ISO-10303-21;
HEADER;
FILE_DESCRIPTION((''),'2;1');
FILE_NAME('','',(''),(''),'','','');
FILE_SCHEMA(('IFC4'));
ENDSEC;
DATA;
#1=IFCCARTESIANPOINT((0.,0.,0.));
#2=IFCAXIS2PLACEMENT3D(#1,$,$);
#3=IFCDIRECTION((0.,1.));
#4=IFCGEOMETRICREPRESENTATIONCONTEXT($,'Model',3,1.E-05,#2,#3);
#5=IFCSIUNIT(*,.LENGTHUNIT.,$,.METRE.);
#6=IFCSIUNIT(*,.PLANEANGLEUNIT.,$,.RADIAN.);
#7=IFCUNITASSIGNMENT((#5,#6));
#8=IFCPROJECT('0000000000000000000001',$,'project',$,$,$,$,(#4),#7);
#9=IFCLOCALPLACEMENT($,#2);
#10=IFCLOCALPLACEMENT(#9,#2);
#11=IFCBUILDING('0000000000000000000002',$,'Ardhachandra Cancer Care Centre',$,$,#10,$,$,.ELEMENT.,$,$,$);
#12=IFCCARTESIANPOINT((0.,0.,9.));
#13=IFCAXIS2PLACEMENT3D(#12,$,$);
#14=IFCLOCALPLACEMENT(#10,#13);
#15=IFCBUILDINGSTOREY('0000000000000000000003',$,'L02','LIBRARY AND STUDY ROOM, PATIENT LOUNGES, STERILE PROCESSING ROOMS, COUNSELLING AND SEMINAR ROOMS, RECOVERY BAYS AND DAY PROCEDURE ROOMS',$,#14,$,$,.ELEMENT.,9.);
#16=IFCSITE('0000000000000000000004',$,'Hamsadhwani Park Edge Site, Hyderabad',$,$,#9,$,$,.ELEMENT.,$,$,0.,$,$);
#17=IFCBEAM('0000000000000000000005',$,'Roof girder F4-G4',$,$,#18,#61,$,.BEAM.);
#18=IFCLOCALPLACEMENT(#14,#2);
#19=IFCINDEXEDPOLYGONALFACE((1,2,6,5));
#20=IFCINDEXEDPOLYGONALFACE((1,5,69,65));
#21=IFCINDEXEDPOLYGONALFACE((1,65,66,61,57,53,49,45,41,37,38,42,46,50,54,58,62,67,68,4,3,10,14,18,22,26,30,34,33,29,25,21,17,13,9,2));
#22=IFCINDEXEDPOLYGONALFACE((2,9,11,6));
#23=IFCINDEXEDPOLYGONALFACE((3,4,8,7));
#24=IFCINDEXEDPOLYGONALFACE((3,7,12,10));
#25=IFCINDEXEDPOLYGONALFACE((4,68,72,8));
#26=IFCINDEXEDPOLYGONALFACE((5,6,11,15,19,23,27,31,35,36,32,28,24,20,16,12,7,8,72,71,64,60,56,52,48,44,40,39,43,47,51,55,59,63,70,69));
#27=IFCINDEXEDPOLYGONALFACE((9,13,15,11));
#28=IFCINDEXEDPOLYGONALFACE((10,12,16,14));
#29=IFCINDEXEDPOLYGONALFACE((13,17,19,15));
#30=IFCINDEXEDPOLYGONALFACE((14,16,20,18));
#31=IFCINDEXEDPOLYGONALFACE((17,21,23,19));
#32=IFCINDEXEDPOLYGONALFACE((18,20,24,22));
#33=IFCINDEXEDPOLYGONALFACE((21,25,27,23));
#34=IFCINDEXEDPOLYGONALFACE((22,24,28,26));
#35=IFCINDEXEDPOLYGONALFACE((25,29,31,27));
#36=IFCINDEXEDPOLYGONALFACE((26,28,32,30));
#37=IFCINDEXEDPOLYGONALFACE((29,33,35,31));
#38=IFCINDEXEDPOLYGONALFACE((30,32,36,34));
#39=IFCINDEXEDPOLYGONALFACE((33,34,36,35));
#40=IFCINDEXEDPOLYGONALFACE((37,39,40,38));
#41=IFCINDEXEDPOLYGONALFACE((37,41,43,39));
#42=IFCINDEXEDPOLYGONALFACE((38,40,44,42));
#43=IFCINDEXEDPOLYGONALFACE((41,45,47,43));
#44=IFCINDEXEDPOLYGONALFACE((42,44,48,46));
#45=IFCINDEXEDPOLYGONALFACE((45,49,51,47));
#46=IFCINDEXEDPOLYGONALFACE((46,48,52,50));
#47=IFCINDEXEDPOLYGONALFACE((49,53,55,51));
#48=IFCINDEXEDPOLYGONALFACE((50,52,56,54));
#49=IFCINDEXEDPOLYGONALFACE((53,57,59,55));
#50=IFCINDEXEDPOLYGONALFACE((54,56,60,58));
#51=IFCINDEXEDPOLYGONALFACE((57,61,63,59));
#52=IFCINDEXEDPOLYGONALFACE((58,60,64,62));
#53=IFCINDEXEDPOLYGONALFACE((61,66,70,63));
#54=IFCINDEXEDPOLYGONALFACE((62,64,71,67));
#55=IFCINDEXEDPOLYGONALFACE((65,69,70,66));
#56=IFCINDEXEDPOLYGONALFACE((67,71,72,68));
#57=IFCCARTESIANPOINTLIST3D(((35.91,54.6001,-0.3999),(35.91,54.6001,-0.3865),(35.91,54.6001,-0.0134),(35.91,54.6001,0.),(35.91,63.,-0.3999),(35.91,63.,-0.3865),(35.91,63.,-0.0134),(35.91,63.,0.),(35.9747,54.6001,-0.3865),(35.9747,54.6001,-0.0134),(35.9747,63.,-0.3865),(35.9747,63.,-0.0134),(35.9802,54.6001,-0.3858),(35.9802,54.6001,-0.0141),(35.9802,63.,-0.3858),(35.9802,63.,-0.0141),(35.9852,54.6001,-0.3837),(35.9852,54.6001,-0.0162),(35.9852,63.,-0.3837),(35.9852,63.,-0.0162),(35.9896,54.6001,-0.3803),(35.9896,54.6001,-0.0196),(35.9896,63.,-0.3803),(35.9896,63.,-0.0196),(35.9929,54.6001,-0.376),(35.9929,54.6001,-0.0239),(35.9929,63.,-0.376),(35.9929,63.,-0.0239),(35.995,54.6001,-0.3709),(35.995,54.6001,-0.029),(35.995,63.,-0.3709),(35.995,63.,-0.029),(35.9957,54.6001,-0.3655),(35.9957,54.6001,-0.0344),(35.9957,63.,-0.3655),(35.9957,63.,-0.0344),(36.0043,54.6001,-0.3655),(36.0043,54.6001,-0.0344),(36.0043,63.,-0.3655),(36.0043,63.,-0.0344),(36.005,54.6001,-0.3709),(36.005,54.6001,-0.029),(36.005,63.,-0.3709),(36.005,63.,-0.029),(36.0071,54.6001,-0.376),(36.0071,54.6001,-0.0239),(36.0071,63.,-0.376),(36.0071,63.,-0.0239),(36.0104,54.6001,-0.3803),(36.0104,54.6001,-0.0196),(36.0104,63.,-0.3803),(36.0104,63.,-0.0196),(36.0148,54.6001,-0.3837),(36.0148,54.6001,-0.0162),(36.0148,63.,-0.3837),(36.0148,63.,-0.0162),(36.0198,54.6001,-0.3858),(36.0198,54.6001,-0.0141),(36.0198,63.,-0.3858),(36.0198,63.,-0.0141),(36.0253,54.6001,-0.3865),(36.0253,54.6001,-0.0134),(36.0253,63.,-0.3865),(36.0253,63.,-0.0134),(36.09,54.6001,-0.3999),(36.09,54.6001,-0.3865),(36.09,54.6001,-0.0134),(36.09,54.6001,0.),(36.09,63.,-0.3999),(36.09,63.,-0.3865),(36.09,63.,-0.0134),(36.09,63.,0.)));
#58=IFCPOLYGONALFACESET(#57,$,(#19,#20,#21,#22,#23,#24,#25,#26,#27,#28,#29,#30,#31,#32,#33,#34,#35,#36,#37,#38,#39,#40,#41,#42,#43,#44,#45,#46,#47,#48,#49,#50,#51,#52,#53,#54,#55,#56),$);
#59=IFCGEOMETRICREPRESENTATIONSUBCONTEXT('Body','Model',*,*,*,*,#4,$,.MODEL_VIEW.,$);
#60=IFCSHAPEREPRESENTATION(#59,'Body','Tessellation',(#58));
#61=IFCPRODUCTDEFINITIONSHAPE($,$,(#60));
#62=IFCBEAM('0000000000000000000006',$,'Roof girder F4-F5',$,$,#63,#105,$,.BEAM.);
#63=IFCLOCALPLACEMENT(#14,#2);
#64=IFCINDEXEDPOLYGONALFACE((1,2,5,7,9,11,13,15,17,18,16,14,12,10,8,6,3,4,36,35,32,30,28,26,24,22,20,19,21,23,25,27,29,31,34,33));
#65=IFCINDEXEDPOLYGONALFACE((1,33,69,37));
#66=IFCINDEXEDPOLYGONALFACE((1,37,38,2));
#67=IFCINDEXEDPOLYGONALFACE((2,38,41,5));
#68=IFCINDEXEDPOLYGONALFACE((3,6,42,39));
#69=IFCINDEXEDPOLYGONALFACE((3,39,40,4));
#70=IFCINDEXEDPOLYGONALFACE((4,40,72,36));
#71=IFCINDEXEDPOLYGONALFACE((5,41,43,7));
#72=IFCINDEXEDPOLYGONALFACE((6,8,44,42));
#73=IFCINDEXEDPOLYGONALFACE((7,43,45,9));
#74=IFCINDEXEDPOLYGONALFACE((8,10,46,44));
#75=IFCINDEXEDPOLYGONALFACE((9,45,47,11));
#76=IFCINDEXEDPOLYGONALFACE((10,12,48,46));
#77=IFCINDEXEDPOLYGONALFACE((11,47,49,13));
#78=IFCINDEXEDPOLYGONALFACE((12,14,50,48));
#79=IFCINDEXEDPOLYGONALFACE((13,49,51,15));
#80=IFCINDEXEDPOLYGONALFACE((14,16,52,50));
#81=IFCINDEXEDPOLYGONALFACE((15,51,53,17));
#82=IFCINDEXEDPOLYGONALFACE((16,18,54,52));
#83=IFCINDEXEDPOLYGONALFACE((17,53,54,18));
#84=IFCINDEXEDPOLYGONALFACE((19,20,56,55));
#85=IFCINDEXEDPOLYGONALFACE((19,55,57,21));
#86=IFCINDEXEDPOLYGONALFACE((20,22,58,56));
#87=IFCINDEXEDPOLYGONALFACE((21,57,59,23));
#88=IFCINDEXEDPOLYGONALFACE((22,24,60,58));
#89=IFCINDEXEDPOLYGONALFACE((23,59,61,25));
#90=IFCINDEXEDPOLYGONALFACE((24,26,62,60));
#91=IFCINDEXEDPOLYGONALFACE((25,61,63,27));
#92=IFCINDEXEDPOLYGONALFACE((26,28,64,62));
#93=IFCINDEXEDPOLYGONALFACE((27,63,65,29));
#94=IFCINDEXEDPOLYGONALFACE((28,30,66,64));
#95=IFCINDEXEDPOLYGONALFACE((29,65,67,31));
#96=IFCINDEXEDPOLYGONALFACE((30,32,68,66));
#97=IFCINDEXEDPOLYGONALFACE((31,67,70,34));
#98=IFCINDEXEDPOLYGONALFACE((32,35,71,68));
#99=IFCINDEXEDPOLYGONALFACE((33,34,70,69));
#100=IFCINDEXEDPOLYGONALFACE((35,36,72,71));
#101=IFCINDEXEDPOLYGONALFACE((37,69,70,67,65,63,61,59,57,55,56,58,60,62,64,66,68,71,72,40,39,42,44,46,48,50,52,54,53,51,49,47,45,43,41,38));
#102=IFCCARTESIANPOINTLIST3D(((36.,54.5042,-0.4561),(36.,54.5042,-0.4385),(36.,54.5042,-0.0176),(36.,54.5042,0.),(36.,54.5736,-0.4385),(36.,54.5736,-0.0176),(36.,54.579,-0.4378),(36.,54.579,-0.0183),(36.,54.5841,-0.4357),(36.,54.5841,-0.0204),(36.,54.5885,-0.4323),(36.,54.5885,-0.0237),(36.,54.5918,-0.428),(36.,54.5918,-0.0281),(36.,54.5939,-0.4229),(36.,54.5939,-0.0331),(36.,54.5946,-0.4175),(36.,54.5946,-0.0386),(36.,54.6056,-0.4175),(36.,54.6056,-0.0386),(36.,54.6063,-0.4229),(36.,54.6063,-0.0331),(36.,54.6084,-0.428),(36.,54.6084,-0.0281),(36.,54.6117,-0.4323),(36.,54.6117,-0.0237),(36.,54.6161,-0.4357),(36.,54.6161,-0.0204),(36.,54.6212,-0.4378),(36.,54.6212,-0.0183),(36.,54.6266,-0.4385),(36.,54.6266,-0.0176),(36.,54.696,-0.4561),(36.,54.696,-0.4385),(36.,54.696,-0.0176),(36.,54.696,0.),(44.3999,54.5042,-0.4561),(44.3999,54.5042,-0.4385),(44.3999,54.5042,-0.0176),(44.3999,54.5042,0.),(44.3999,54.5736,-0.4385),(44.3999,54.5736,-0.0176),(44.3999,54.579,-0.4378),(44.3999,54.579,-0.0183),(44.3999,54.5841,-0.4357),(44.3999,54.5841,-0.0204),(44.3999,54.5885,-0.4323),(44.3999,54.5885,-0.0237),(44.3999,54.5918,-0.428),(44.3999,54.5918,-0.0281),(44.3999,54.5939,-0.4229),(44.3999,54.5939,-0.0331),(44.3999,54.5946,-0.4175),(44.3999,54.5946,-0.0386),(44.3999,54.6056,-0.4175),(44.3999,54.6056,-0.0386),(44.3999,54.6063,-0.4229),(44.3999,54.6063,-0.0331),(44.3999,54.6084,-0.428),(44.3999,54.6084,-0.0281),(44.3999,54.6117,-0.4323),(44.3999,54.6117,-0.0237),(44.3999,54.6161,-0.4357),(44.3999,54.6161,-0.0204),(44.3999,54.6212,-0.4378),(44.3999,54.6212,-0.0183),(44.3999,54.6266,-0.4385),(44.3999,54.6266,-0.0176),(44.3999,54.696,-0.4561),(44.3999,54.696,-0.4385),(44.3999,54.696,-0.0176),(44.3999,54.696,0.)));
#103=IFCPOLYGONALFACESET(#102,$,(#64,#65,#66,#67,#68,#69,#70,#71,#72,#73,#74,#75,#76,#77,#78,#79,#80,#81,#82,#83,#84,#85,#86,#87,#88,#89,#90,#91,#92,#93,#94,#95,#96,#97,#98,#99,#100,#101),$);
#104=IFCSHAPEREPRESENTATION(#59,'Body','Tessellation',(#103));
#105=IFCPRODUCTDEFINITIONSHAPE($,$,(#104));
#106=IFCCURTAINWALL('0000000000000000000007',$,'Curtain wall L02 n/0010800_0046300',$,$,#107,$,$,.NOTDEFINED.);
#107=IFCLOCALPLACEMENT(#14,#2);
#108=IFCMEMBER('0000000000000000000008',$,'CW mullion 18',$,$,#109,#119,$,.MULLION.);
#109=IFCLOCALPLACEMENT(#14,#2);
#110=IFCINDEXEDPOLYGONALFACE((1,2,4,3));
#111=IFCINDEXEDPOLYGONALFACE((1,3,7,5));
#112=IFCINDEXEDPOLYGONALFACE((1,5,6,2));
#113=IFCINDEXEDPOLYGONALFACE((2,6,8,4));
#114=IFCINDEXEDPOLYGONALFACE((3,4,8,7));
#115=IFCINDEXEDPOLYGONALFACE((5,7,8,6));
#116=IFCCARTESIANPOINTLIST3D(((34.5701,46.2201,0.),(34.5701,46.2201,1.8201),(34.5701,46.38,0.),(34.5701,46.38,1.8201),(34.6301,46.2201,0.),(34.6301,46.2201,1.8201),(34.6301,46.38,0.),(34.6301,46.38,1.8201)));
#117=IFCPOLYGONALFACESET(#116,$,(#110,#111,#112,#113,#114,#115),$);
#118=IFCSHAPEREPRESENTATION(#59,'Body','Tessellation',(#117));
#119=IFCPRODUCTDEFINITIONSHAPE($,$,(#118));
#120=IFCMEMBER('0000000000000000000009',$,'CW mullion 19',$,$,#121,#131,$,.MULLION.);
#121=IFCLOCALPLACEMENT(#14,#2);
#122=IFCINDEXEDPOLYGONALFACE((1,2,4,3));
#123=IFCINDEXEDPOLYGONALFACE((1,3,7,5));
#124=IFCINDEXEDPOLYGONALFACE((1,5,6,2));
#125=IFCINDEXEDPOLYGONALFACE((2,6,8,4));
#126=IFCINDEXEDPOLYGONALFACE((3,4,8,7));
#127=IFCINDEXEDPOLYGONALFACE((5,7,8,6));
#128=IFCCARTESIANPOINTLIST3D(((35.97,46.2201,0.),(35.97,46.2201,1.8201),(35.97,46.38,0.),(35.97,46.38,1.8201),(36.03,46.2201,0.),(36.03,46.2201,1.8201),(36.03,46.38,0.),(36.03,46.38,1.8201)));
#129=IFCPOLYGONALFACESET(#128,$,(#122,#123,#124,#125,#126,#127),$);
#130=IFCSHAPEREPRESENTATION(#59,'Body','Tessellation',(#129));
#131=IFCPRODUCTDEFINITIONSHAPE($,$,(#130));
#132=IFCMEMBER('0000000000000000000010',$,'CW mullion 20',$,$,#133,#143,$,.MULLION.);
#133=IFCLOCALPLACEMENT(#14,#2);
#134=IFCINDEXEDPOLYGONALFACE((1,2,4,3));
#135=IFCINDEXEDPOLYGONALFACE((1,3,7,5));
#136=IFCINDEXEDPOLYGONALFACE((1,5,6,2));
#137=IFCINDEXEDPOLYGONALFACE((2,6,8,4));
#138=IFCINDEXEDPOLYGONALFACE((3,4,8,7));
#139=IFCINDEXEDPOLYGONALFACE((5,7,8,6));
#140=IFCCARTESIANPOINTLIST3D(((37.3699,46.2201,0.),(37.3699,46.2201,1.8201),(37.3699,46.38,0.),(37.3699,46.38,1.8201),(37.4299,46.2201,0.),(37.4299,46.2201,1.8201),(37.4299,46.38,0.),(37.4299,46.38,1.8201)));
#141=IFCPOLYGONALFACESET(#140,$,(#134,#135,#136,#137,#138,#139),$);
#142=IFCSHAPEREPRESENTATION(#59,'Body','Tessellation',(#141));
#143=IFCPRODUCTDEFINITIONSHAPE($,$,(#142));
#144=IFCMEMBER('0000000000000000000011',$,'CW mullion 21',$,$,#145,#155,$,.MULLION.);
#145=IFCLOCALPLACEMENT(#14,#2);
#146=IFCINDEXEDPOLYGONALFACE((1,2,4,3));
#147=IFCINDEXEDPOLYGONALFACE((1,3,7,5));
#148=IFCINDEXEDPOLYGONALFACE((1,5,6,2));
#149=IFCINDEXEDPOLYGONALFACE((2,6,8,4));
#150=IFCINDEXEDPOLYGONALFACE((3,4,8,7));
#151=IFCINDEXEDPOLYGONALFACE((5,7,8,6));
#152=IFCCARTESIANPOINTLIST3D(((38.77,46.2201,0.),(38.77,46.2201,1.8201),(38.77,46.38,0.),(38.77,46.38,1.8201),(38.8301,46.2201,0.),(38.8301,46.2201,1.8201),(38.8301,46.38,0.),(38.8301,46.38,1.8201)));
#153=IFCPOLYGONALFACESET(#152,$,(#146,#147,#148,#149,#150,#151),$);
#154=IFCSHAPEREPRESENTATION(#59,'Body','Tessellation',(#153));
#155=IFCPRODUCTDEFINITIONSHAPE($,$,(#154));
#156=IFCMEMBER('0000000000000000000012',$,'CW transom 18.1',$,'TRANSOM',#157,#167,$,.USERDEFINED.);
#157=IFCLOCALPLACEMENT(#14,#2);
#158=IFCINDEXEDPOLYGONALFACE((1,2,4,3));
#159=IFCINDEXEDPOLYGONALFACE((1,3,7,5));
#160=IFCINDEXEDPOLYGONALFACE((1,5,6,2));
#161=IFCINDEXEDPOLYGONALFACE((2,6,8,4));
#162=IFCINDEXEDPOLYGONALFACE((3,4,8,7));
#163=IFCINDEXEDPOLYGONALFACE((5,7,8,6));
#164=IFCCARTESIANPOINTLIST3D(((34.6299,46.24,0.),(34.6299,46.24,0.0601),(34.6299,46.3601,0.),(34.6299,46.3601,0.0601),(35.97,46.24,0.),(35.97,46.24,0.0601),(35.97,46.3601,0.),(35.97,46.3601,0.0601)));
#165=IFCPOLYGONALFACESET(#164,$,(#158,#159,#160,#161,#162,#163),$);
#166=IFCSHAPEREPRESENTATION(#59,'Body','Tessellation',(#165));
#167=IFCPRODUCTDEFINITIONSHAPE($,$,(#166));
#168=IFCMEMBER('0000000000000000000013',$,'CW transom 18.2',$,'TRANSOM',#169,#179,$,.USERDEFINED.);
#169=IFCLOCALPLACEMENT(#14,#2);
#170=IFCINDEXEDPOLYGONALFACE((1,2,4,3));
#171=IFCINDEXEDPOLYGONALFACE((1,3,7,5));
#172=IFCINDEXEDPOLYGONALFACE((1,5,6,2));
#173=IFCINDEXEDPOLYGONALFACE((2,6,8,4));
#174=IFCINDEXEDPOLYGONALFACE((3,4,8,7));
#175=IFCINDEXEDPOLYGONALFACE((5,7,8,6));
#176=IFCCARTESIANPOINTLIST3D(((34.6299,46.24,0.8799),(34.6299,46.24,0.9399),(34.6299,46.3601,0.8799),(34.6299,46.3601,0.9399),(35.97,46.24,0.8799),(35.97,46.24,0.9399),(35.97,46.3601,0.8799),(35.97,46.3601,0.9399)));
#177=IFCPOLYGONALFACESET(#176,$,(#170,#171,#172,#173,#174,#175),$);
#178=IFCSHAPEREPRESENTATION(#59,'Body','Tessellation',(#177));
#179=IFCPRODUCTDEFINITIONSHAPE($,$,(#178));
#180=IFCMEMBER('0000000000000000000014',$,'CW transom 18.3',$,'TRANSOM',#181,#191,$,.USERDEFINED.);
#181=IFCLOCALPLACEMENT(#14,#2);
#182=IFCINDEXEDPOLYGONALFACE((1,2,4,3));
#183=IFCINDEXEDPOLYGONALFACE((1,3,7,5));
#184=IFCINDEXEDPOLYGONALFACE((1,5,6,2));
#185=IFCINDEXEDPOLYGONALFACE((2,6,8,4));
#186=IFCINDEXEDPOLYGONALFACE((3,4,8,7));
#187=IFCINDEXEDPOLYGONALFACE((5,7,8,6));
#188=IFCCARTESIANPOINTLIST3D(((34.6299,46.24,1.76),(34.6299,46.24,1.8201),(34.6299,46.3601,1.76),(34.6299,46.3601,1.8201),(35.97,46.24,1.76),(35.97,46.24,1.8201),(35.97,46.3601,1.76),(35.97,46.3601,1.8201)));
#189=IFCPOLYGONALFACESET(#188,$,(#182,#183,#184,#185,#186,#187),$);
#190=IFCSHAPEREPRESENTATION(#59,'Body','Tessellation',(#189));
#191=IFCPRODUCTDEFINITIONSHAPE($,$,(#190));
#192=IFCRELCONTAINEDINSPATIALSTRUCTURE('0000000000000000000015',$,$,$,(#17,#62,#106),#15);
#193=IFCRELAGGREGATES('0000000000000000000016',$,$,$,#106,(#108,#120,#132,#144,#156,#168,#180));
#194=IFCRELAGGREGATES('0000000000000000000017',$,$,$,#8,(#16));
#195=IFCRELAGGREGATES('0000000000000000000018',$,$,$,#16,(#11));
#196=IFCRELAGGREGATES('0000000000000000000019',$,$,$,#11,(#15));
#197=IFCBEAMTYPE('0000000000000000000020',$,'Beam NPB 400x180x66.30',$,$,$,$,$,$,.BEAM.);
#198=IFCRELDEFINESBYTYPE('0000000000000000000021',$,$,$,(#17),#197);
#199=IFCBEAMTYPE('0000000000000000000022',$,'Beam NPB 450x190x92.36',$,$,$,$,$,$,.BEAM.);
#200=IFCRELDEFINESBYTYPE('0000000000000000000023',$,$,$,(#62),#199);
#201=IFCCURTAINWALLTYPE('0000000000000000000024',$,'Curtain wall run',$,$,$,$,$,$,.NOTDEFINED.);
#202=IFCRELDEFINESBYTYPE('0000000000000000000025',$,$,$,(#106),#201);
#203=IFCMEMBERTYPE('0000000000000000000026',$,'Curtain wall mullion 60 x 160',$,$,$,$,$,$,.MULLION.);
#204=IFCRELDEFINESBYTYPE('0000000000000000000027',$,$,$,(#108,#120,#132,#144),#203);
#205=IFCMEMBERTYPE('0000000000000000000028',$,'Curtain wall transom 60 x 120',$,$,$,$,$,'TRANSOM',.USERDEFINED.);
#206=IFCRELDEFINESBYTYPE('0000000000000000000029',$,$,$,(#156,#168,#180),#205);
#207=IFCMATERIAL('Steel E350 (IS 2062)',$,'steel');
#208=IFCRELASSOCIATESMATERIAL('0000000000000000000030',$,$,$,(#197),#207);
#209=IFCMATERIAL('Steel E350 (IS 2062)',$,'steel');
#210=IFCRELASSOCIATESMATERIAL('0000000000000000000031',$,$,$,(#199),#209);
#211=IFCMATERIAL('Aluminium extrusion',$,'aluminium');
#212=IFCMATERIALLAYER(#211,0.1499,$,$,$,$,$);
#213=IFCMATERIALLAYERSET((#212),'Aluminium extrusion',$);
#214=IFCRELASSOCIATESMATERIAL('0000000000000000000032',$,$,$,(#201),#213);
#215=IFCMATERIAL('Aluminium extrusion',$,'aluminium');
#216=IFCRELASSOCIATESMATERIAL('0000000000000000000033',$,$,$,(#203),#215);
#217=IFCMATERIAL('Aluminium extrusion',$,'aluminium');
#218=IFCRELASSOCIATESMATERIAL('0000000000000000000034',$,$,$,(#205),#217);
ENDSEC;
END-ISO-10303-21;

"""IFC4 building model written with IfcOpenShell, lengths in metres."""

from ifc_helpers import new_model, si_unit, direction, frame, origin, origin_2d, place, context, subcontext, project, spatial, rectangle, i_section, extrude, material, layer, layer_set, material_profile, profile_set, type_object, element, aggregate, save


model = new_model("IFC4")

# Units and contexts
model_context = context("Model", 3, precision=1e-05, world=origin(), true_north=direction((0.0, 1.0)))
body_context = subcontext(model_context, "Body", "Model", "MODEL_VIEW")
ifc_project = project(units=[si_unit("LENGTHUNIT", "METRE"), si_unit("PLANEANGLEUNIT", "RADIAN")], contexts=[model_context])

# Site, building, storey
site_placement = place(None, origin())
site = spatial("IfcSite", under=ifc_project, at=site_placement, Name="Hamsadhwani Park Edge Site, Hyderabad", CompositionType="ELEMENT", RefElevation=0.0)
building_placement = place(site_placement, origin())
building = spatial("IfcBuilding", under=site, at=building_placement, Name="Ardhachandra Cancer Care Centre", CompositionType="ELEMENT")
storey_placement = place(building_placement, frame((0.0, 0.0, 9.0)))
storey = spatial("IfcBuildingStorey", under=building, at=storey_placement, Name="L02", Description="LIBRARY AND STUDY ROOM, PATIENT LOUNGES, STERILE PROCESSING ROOMS, COUNSELLING AND SEMINAR ROOMS, RECOVERY BAYS AND DAY PROCEDURE ROOMS", CompositionType="ELEMENT", Elevation=9.0)

# Beams
ifc_material_1 = material(Name="Steel E350 (IS 2062)", Category="steel")
ifc_material_profile_1 = material_profile(ifc_material_1, i_section(OverallWidth=0.1799, OverallDepth=0.3999, WebThickness=0.0085, FlangeThickness=0.0134, FilletRadius=0.021, at=origin_2d()), Name="NPB 400x180x66.30")
ifc_profile_set_1 = profile_set([ifc_material_profile_1], Name="Steel E350 (IS 2062)")
beam_type_1 = type_object("IfcBeamType", Name="Beam NPB 400x180x66.30", PredefinedType="BEAM", material=ifc_profile_set_1)
beam_1_placement = place(storey_placement, frame((36.0, 54.6001, -0.2), z_axis=(0.0, 1.0, 0.0), x_axis=(-1.0, 0.0, 0.0)))
element("IfcBeam", 1, at=beam_1_placement, inside=storey, type_object=beam_type_1, Name="Roof girder F4-G4", PredefinedType="BEAM", context=body_context, shape_type="SweptSolid", body=[
    extrude(i_section(OverallWidth=0.1799, OverallDepth=0.3999, WebThickness=0.0085, FlangeThickness=0.0134, FilletRadius=0.021, at=origin_2d()), origin(), (0.0, 0.0, 1.0), 8.3999),
])
ifc_material_2 = material(Name="Steel E350 (IS 2062)", Category="steel")
ifc_material_profile_2 = material_profile(ifc_material_2, i_section(OverallWidth=0.1919, OverallDepth=0.4561, WebThickness=0.011, FlangeThickness=0.0176, FilletRadius=0.021, at=origin_2d()), Name="NPB 450x190x92.36")
ifc_profile_set_2 = profile_set([ifc_material_profile_2], Name="Steel E350 (IS 2062)")
beam_type_2 = type_object("IfcBeamType", Name="Beam NPB 450x190x92.36", PredefinedType="BEAM", material=ifc_profile_set_2)
beam_2_placement = place(storey_placement, frame((36.0, 54.6001, -0.228), z_axis=(1.0, 0.0, 0.0), x_axis=(0.0, 1.0, 0.0)))
element("IfcBeam", 2, at=beam_2_placement, inside=storey, type_object=beam_type_2, Name="Roof girder F4-F5", PredefinedType="BEAM", context=body_context, shape_type="SweptSolid", body=[
    extrude(i_section(OverallWidth=0.1919, OverallDepth=0.4561, WebThickness=0.011, FlangeThickness=0.0176, FilletRadius=0.021, at=origin_2d()), origin(), (0.0, 0.0, 1.0), 8.3999),
])

# Curtain wall, members
ifc_material_3 = material(Name="Aluminium extrusion", Category="aluminium")
ifc_layer_1 = layer(ifc_material_3, 0.1499)
ifc_layer_set_1 = layer_set([ifc_layer_1], Name="Aluminium extrusion")
curtain_wall_type = type_object("IfcCurtainWallType", Name="Curtain wall run", PredefinedType="NOTDEFINED", material=ifc_layer_set_1)
curtain_wall_placement = place(storey_placement, origin())
curtain_wall = element("IfcCurtainWall", 3, at=curtain_wall_placement, inside=storey, type_object=curtain_wall_type, Name="Curtain wall L02 n/0010800_0046300", PredefinedType="NOTDEFINED")
ifc_material_4 = material(Name="Aluminium extrusion", Category="aluminium")
ifc_material_profile_3 = material_profile(ifc_material_4, rectangle(XDim=0.1599, YDim=0.0601, at=origin_2d()), Name="Curtain wall mullion 60 x 160")
ifc_profile_set_3 = profile_set([ifc_material_profile_3], Name="Aluminium extrusion")
member_type_1 = type_object("IfcMemberType", Name="Curtain wall mullion 60 x 160", PredefinedType="MULLION", material=ifc_profile_set_3)
member_1_placement = place(storey_placement, frame((34.6001, 46.3, 0.0), z_axis=(0.0, 0.0, 1.0), x_axis=(0.0, 1.0, 0.0)))
member_1 = element("IfcMember", 4, at=member_1_placement, type_object=member_type_1, Name="CW mullion 18", PredefinedType="MULLION", context=body_context, shape_type="SweptSolid", body=[
    extrude(rectangle(XDim=0.1599, YDim=0.0601, at=origin_2d()), origin(), (0.0, 0.0, 1.0), 1.8201),
])
member_2_placement = place(storey_placement, frame((36.0, 46.3, 0.0), z_axis=(0.0, 0.0, 1.0), x_axis=(0.0, 1.0, 0.0)))
member_2 = element("IfcMember", 5, at=member_2_placement, type_object=member_type_1, Name="CW mullion 19", PredefinedType="MULLION", context=body_context, shape_type="SweptSolid", body=[
    extrude(rectangle(XDim=0.1599, YDim=0.0601, at=origin_2d()), origin(), (0.0, 0.0, 1.0), 1.8201),
])
member_3_placement = place(storey_placement, frame((37.3999, 46.3, 0.0), z_axis=(0.0, 0.0, 1.0), x_axis=(0.0, 1.0, 0.0)))
member_3 = element("IfcMember", 6, at=member_3_placement, type_object=member_type_1, Name="CW mullion 20", PredefinedType="MULLION", context=body_context, shape_type="SweptSolid", body=[
    extrude(rectangle(XDim=0.1599, YDim=0.0601, at=origin_2d()), origin(), (0.0, 0.0, 1.0), 1.8201),
])
member_4_placement = place(storey_placement, frame((38.8, 46.3, 0.0), z_axis=(0.0, 0.0, 1.0), x_axis=(0.0, 1.0, 0.0)))
member_4 = element("IfcMember", 7, at=member_4_placement, type_object=member_type_1, Name="CW mullion 21", PredefinedType="MULLION", context=body_context, shape_type="SweptSolid", body=[
    extrude(rectangle(XDim=0.1599, YDim=0.0601, at=origin_2d()), origin(), (0.0, 0.0, 1.0), 1.8201),
])
ifc_material_5 = material(Name="Aluminium extrusion", Category="aluminium")
ifc_material_profile_4 = material_profile(ifc_material_5, rectangle(XDim=0.1201, YDim=0.0601, at=origin_2d()), Name="Curtain wall transom 60 x 120")
ifc_profile_set_4 = profile_set([ifc_material_profile_4], Name="Aluminium extrusion")
member_type_2 = type_object("IfcMemberType", Name="Curtain wall transom 60 x 120", ElementType="TRANSOM", PredefinedType="USERDEFINED", material=ifc_profile_set_4)
member_5_placement = place(storey_placement, frame((34.6299, 46.3, 0.03), z_axis=(1.0, 0.0, 0.0), x_axis=(0.0, 1.0, 0.0)))
member_5 = element("IfcMember", 8, at=member_5_placement, type_object=member_type_2, Name="CW transom 18.1", ObjectType="TRANSOM", PredefinedType="USERDEFINED", context=body_context, shape_type="SweptSolid", body=[
    extrude(rectangle(XDim=0.1201, YDim=0.0601, at=origin_2d()), origin(), (0.0, 0.0, 1.0), 1.3401),
])
member_6_placement = place(storey_placement, frame((34.6299, 46.3, 0.9099), z_axis=(1.0, 0.0, 0.0), x_axis=(0.0, 1.0, 0.0)))
member_6 = element("IfcMember", 9, at=member_6_placement, type_object=member_type_2, Name="CW transom 18.2", ObjectType="TRANSOM", PredefinedType="USERDEFINED", context=body_context, shape_type="SweptSolid", body=[
    extrude(rectangle(XDim=0.1201, YDim=0.0601, at=origin_2d()), origin(), (0.0, 0.0, 1.0), 1.3401),
])
member_7_placement = place(storey_placement, frame((34.6299, 46.3, 1.79), z_axis=(1.0, 0.0, 0.0), x_axis=(0.0, 1.0, 0.0)))
member_7 = element("IfcMember", 10, at=member_7_placement, type_object=member_type_2, Name="CW transom 18.3", ObjectType="TRANSOM", PredefinedType="USERDEFINED", context=body_context, shape_type="SweptSolid", body=[
    extrude(rectangle(XDim=0.1201, YDim=0.0601, at=origin_2d()), origin(), (0.0, 0.0, 1.0), 1.3401),
])

aggregate(curtain_wall, [member_1, member_2, member_3, member_4, member_5, member_6, member_7])

save(model, "model.ifc")
